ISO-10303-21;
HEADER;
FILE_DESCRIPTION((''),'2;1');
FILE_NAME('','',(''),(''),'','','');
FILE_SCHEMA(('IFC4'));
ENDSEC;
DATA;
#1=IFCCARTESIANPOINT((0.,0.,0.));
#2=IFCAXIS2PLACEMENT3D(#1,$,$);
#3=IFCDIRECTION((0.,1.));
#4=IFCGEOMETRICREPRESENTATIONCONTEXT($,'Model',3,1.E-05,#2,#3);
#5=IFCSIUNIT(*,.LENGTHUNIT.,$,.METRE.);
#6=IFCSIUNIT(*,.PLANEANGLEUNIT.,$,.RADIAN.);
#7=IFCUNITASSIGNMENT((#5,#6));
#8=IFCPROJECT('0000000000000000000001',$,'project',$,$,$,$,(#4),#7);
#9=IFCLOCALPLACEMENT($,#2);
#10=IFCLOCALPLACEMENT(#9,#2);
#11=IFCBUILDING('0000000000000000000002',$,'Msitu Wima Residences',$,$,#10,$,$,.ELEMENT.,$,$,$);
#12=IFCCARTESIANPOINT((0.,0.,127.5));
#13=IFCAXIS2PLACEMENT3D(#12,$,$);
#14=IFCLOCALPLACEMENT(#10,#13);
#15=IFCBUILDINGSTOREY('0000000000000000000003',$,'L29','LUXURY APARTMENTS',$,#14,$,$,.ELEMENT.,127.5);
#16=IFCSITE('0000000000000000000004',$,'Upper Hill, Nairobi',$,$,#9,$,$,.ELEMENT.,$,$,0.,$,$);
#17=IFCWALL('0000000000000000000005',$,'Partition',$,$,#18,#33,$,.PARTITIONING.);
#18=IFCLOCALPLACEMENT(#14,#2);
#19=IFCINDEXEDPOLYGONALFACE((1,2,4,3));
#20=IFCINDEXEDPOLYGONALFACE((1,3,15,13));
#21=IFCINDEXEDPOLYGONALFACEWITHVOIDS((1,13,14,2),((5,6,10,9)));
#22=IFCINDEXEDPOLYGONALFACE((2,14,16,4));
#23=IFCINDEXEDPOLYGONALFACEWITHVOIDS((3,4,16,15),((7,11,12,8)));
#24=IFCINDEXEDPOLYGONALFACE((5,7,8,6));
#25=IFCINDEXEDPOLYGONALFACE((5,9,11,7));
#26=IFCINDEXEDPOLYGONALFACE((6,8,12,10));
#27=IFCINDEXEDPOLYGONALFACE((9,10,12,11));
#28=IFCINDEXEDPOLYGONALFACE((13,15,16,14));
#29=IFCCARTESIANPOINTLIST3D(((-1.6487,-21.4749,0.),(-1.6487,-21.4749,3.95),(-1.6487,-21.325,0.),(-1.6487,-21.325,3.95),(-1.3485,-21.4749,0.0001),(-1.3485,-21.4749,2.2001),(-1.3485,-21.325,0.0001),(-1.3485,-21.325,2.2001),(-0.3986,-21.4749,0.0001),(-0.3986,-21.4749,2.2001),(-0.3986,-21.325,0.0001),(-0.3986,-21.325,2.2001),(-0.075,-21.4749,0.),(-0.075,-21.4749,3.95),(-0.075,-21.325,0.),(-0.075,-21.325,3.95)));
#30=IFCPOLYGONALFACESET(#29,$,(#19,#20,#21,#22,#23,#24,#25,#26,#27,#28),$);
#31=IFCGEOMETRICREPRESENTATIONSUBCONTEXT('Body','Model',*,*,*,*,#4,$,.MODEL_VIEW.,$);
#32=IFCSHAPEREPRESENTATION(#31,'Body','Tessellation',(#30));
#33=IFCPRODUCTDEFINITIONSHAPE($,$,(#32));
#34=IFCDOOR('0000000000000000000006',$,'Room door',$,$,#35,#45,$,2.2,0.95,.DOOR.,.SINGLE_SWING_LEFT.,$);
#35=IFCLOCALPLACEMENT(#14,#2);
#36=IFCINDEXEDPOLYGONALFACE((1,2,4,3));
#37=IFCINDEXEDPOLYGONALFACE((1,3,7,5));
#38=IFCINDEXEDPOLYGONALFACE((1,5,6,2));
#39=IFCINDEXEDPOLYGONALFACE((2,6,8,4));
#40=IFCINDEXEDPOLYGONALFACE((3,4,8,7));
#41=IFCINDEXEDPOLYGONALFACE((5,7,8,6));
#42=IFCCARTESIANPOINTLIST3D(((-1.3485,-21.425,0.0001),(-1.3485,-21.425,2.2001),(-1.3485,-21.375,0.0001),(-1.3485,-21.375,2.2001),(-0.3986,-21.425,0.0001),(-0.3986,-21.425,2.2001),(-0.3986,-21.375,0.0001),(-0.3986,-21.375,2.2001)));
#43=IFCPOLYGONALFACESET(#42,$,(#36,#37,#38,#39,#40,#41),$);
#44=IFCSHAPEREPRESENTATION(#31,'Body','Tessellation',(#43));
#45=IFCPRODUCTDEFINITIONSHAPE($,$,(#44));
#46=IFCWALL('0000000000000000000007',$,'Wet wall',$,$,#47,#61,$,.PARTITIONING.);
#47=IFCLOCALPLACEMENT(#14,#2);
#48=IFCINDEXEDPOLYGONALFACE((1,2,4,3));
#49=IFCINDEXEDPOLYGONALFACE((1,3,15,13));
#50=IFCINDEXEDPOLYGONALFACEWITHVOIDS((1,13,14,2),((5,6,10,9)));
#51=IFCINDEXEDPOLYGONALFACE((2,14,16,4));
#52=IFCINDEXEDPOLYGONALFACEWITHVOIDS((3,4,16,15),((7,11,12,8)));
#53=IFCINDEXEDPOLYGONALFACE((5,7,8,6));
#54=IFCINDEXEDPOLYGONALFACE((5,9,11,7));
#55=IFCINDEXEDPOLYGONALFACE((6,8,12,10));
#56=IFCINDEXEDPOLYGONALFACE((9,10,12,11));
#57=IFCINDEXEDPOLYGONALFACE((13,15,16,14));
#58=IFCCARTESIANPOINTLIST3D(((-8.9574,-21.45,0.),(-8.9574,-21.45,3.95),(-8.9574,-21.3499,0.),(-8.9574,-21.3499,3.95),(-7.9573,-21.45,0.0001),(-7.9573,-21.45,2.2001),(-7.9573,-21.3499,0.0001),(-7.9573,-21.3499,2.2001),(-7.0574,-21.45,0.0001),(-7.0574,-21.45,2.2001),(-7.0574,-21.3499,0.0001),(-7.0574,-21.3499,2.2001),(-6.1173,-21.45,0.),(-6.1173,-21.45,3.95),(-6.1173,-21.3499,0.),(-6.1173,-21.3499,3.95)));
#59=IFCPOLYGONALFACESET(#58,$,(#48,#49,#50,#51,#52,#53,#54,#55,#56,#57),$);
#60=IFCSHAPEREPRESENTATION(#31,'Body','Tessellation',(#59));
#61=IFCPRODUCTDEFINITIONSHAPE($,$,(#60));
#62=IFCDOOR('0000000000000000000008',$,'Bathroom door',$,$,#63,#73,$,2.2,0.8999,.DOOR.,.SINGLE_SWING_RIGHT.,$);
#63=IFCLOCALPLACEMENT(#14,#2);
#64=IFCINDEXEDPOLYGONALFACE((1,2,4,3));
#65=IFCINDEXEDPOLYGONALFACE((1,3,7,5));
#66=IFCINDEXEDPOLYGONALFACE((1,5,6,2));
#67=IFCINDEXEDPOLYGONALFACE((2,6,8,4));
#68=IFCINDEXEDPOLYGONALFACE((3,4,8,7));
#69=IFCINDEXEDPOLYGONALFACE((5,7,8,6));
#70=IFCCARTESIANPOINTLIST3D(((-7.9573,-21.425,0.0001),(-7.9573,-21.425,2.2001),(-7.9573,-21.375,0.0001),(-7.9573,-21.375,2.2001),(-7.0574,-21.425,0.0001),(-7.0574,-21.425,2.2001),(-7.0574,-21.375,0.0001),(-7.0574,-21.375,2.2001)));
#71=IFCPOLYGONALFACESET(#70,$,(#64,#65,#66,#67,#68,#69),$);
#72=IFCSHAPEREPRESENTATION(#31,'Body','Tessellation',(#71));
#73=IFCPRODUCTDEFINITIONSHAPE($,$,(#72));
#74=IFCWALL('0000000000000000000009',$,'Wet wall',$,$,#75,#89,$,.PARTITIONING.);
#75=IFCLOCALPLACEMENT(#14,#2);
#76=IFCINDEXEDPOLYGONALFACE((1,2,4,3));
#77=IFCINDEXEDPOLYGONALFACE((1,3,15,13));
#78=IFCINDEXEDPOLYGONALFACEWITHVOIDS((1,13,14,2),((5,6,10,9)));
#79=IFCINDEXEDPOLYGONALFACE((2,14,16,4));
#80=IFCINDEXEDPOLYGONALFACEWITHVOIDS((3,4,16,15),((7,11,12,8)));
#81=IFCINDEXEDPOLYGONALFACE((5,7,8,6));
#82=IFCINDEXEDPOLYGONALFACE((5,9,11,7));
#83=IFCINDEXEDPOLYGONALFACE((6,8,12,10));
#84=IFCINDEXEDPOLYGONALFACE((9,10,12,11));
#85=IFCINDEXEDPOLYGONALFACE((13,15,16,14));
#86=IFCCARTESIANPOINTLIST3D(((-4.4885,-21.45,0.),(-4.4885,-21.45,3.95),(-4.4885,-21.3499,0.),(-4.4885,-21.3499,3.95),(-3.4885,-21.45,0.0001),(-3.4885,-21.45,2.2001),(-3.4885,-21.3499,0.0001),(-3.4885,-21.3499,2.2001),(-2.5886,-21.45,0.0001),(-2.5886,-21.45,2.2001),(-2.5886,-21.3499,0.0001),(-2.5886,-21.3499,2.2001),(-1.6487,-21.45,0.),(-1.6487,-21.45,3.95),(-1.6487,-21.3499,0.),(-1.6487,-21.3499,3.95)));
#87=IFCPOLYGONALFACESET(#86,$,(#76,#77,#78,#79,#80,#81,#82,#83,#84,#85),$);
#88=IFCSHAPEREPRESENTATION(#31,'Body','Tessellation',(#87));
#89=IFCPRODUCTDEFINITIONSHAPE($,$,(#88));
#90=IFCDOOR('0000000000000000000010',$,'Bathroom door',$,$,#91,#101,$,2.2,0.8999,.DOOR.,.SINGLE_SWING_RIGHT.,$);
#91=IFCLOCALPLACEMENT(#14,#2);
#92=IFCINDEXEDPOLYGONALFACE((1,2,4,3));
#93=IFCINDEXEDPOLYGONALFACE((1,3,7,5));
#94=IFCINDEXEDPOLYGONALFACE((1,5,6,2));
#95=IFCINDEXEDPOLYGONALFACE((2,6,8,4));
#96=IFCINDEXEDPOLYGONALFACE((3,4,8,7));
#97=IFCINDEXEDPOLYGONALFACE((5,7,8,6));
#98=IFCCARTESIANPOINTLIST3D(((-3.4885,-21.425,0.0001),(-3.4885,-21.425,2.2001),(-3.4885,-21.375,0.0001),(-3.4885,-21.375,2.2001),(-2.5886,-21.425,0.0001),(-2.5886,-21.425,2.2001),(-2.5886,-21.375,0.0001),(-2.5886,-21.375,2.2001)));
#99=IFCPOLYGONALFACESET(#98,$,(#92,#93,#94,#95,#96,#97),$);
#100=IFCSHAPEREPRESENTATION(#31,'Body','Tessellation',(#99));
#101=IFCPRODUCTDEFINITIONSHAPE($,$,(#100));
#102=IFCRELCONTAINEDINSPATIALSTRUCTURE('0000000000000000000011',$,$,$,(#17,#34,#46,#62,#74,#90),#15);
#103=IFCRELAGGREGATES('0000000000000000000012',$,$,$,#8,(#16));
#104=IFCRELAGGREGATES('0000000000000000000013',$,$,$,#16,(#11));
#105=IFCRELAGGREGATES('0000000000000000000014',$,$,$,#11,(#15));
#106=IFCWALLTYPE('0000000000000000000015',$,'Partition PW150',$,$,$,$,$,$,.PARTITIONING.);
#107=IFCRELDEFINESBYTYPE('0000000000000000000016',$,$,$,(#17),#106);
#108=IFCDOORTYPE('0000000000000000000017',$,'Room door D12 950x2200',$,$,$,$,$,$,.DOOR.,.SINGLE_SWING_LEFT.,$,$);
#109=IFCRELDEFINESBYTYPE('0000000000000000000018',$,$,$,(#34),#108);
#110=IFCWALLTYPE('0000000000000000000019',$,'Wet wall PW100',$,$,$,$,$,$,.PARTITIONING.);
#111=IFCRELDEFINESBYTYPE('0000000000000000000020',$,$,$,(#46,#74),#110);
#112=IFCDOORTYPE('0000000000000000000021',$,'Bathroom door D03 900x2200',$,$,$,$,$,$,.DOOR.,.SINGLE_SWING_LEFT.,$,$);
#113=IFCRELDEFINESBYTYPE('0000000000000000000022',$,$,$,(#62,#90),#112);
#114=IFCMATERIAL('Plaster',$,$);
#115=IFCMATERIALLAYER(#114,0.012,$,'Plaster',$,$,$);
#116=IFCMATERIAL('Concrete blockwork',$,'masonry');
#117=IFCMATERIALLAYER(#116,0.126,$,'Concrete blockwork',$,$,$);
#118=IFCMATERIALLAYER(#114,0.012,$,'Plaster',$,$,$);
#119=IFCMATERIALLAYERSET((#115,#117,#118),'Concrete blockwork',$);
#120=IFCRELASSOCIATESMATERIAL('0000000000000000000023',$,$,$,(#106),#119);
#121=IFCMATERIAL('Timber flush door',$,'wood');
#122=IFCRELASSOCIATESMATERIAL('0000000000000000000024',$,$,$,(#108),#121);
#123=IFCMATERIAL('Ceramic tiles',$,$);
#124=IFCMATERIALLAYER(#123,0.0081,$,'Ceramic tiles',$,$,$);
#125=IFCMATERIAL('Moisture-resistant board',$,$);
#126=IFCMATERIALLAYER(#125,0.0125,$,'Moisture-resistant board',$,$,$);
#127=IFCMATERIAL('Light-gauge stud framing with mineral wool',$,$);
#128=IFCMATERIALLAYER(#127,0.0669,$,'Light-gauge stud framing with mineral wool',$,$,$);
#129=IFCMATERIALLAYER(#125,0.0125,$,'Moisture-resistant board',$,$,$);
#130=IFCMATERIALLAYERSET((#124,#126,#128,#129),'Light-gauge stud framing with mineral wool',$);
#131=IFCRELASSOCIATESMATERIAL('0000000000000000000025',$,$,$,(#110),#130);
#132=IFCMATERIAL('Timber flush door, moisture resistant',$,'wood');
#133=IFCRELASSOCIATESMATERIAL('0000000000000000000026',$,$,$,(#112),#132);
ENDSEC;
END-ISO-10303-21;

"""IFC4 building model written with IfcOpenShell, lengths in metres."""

from ifc_helpers import new_model, si_unit, direction, frame, frame_2d, origin, place, context, subcontext, project, spatial, rectangle, extrude, material, layer, layer_set, type_object, element, fill, save


model = new_model("IFC4")

# Units and contexts
model_context = context("Model", 3, precision=1e-05, world=origin(), true_north=direction((0.0, 1.0)))
body_context = subcontext(model_context, "Body", "Model", "MODEL_VIEW")
ifc_project = project(units=[si_unit("LENGTHUNIT", "METRE"), si_unit("PLANEANGLEUNIT", "RADIAN")], contexts=[model_context])

# Site, building, storey
site_placement = place(None, origin())
site = spatial("IfcSite", under=ifc_project, at=site_placement, Name="Upper Hill, Nairobi", CompositionType="ELEMENT", RefElevation=0.0)
building_placement = place(site_placement, origin())
building = spatial("IfcBuilding", under=site, at=building_placement, Name="Msitu Wima Residences", CompositionType="ELEMENT")
storey_placement = place(building_placement, frame((0.0, 0.0, 127.5)))
storey = spatial("IfcBuildingStorey", under=building, at=storey_placement, Name="L29", Description="LUXURY APARTMENTS", CompositionType="ELEMENT", Elevation=127.5)

# Shared definitions
ifc_material_1 = material(Name="Plaster")
ifc_layer_1 = layer(ifc_material_1, 0.012, Name="Plaster")
ifc_material_2 = material(Name="Concrete blockwork", Category="masonry")
ifc_layer_2 = layer(ifc_material_2, 0.126, Name="Concrete blockwork")
ifc_layer_3 = layer(ifc_material_1, 0.012, Name="Plaster")
ifc_layer_set_1 = layer_set([ifc_layer_1, ifc_layer_2, ifc_layer_3], Name="Concrete blockwork")
wall_type_1 = type_object("IfcWallType", Name="Partition PW150", PredefinedType="PARTITIONING", material=ifc_layer_set_1)

# Shared definitions
ifc_material_3 = material(Name="Timber flush door", Category="wood")
door_type_1 = type_object("IfcDoorType", Name="Room door D12 950x2200", OperationType="SINGLE_SWING_LEFT", PredefinedType="DOOR", material=ifc_material_3)

# Walls, openings, doors
wall_1_placement = place(storey_placement, frame((-1.6487, -21.3999, 0.0), z_axis=(0.0, 0.0, 1.0), x_axis=(1.0, 0.0, 0.0)))
wall_1 = element("IfcWall", 1, at=wall_1_placement, inside=storey, type_object=wall_type_1, Name="Partition", PredefinedType="PARTITIONING", context=body_context, shape_type="SweptSolid", body=[
    extrude(rectangle(XDim=1.5737, YDim=0.1499, at=frame_2d((0.7869, 0.0))), origin(), (0.0, 0.0, 1.0), 3.95),
])
opening_1_placement = place(wall_1_placement, frame((0.3, 0.0, 0.0)))
opening_1 = element("IfcOpeningElement", 2, at=opening_1_placement, cuts=wall_1, PredefinedType="OPENING", context=body_context, shape_type="SweptSolid", body=[
    extrude(rectangle(XDim=0.95, YDim=2.2, at=frame_2d((0.4751, 1.1001))), frame((0.0, 0.085, 0.0), z_axis=(0.0, -1.0, 0.0), x_axis=(1.0, 0.0, 0.0)), (0.0, 0.0, 1.0), 0.1699),
])
door_1_placement = place(opening_1_placement, origin())
door_1 = element("IfcDoor", 3, at=door_1_placement, inside=storey, type_object=door_type_1, Name="Room door", OperationType="SINGLE_SWING_LEFT", OverallHeight=2.2, OverallWidth=0.95, PredefinedType="DOOR", context=body_context, shape_type="SweptSolid", body=[
    extrude(rectangle(XDim=0.95, YDim=2.2, at=frame_2d((0.4751, 1.1001))), frame((0.0, 0.0249, 0.0), z_axis=(0.0, -1.0, 0.0), x_axis=(1.0, 0.0, 0.0)), (0.0, 0.0, 1.0), 0.05),
])
fill(opening_1, door_1)
ifc_material_4 = material(Name="Ceramic tiles")
ifc_layer_4 = layer(ifc_material_4, 0.0081, Name="Ceramic tiles")
ifc_material_5 = material(Name="Moisture-resistant board")
ifc_layer_5 = layer(ifc_material_5, 0.0125, Name="Moisture-resistant board")
ifc_material_6 = material(Name="Light-gauge stud framing with mineral wool")
ifc_layer_6 = layer(ifc_material_6, 0.0669, Name="Light-gauge stud framing with mineral wool")
ifc_layer_7 = layer(ifc_material_5, 0.0125, Name="Moisture-resistant board")
ifc_layer_set_2 = layer_set([ifc_layer_4, ifc_layer_5, ifc_layer_6, ifc_layer_7], Name="Light-gauge stud framing with mineral wool")
wall_type_2 = type_object("IfcWallType", Name="Wet wall PW100", PredefinedType="PARTITIONING", material=ifc_layer_set_2)
wall_2_placement = place(storey_placement, frame((-8.9573, -21.3999, 0.0), z_axis=(0.0, 0.0, 1.0), x_axis=(1.0, 0.0, 0.0)))
wall_2 = element("IfcWall", 4, at=wall_2_placement, inside=storey, type_object=wall_type_2, Name="Wet wall", PredefinedType="PARTITIONING", context=body_context, shape_type="SweptSolid", body=[
    extrude(rectangle(XDim=2.8401, YDim=0.1001, at=frame_2d((1.4199, 0.0))), origin(), (0.0, 0.0, 1.0), 3.95),
])
opening_2_placement = place(wall_2_placement, frame((1.0, 0.0, 0.0)))
opening_2 = element("IfcOpeningElement", 5, at=opening_2_placement, cuts=wall_2, PredefinedType="OPENING", context=body_context, shape_type="SweptSolid", body=[
    extrude(rectangle(XDim=0.8999, YDim=2.2, at=frame_2d((0.45, 1.1001))), frame((0.0, 0.0601, 0.0), z_axis=(0.0, -1.0, 0.0), x_axis=(1.0, 0.0, 0.0)), (0.0, 0.0, 1.0), 0.1201),
])
ifc_material_7 = material(Name="Timber flush door, moisture resistant", Category="wood")
door_type_2 = type_object("IfcDoorType", Name="Bathroom door D03 900x2200", OperationType="SINGLE_SWING_LEFT", PredefinedType="DOOR", material=ifc_material_7)
door_2_placement = place(opening_2_placement, origin())
door_2 = element("IfcDoor", 6, at=door_2_placement, inside=storey, type_object=door_type_2, Name="Bathroom door", OperationType="SINGLE_SWING_RIGHT", OverallHeight=2.2, OverallWidth=0.8999, PredefinedType="DOOR", context=body_context, shape_type="SweptSolid", body=[
    extrude(rectangle(XDim=0.8999, YDim=2.2, at=frame_2d((0.45, 1.1001))), frame((0.0, 0.0249, 0.0), z_axis=(0.0, -1.0, 0.0), x_axis=(1.0, 0.0, 0.0)), (0.0, 0.0, 1.0), 0.05),
])
fill(opening_2, door_2)
wall_3_placement = place(storey_placement, frame((-4.4885, -21.3999, 0.0), z_axis=(0.0, 0.0, 1.0), x_axis=(1.0, 0.0, 0.0)))
wall_3 = element("IfcWall", 7, at=wall_3_placement, inside=storey, type_object=wall_type_2, Name="Wet wall", PredefinedType="PARTITIONING", context=body_context, shape_type="SweptSolid", body=[
    extrude(rectangle(XDim=2.8398, YDim=0.1001, at=frame_2d((1.4199, 0.0))), origin(), (0.0, 0.0, 1.0), 3.95),
])
opening_3_placement = place(wall_3_placement, frame((1.0, 0.0, 0.0)))
opening_3 = element("IfcOpeningElement", 8, at=opening_3_placement, cuts=wall_3, PredefinedType="OPENING", context=body_context, shape_type="SweptSolid", body=[
    extrude(rectangle(XDim=0.8999, YDim=2.2, at=frame_2d((0.45, 1.1001))), frame((0.0, 0.0601, 0.0), z_axis=(0.0, -1.0, 0.0), x_axis=(1.0, 0.0, 0.0)), (0.0, 0.0, 1.0), 0.1201),
])
door_3_placement = place(opening_3_placement, origin())
door_3 = element("IfcDoor", 9, at=door_3_placement, inside=storey, type_object=door_type_2, Name="Bathroom door", OperationType="SINGLE_SWING_RIGHT", OverallHeight=2.2, OverallWidth=0.8999, PredefinedType="DOOR", context=body_context, shape_type="SweptSolid", body=[
    extrude(rectangle(XDim=0.8999, YDim=2.2, at=frame_2d((0.45, 1.1001))), frame((0.0, 0.0249, 0.0), z_axis=(0.0, -1.0, 0.0), x_axis=(1.0, 0.0, 0.0)), (0.0, 0.0, 1.0), 0.05),
])
fill(opening_3, door_3)

save(model, "model.ifc")
